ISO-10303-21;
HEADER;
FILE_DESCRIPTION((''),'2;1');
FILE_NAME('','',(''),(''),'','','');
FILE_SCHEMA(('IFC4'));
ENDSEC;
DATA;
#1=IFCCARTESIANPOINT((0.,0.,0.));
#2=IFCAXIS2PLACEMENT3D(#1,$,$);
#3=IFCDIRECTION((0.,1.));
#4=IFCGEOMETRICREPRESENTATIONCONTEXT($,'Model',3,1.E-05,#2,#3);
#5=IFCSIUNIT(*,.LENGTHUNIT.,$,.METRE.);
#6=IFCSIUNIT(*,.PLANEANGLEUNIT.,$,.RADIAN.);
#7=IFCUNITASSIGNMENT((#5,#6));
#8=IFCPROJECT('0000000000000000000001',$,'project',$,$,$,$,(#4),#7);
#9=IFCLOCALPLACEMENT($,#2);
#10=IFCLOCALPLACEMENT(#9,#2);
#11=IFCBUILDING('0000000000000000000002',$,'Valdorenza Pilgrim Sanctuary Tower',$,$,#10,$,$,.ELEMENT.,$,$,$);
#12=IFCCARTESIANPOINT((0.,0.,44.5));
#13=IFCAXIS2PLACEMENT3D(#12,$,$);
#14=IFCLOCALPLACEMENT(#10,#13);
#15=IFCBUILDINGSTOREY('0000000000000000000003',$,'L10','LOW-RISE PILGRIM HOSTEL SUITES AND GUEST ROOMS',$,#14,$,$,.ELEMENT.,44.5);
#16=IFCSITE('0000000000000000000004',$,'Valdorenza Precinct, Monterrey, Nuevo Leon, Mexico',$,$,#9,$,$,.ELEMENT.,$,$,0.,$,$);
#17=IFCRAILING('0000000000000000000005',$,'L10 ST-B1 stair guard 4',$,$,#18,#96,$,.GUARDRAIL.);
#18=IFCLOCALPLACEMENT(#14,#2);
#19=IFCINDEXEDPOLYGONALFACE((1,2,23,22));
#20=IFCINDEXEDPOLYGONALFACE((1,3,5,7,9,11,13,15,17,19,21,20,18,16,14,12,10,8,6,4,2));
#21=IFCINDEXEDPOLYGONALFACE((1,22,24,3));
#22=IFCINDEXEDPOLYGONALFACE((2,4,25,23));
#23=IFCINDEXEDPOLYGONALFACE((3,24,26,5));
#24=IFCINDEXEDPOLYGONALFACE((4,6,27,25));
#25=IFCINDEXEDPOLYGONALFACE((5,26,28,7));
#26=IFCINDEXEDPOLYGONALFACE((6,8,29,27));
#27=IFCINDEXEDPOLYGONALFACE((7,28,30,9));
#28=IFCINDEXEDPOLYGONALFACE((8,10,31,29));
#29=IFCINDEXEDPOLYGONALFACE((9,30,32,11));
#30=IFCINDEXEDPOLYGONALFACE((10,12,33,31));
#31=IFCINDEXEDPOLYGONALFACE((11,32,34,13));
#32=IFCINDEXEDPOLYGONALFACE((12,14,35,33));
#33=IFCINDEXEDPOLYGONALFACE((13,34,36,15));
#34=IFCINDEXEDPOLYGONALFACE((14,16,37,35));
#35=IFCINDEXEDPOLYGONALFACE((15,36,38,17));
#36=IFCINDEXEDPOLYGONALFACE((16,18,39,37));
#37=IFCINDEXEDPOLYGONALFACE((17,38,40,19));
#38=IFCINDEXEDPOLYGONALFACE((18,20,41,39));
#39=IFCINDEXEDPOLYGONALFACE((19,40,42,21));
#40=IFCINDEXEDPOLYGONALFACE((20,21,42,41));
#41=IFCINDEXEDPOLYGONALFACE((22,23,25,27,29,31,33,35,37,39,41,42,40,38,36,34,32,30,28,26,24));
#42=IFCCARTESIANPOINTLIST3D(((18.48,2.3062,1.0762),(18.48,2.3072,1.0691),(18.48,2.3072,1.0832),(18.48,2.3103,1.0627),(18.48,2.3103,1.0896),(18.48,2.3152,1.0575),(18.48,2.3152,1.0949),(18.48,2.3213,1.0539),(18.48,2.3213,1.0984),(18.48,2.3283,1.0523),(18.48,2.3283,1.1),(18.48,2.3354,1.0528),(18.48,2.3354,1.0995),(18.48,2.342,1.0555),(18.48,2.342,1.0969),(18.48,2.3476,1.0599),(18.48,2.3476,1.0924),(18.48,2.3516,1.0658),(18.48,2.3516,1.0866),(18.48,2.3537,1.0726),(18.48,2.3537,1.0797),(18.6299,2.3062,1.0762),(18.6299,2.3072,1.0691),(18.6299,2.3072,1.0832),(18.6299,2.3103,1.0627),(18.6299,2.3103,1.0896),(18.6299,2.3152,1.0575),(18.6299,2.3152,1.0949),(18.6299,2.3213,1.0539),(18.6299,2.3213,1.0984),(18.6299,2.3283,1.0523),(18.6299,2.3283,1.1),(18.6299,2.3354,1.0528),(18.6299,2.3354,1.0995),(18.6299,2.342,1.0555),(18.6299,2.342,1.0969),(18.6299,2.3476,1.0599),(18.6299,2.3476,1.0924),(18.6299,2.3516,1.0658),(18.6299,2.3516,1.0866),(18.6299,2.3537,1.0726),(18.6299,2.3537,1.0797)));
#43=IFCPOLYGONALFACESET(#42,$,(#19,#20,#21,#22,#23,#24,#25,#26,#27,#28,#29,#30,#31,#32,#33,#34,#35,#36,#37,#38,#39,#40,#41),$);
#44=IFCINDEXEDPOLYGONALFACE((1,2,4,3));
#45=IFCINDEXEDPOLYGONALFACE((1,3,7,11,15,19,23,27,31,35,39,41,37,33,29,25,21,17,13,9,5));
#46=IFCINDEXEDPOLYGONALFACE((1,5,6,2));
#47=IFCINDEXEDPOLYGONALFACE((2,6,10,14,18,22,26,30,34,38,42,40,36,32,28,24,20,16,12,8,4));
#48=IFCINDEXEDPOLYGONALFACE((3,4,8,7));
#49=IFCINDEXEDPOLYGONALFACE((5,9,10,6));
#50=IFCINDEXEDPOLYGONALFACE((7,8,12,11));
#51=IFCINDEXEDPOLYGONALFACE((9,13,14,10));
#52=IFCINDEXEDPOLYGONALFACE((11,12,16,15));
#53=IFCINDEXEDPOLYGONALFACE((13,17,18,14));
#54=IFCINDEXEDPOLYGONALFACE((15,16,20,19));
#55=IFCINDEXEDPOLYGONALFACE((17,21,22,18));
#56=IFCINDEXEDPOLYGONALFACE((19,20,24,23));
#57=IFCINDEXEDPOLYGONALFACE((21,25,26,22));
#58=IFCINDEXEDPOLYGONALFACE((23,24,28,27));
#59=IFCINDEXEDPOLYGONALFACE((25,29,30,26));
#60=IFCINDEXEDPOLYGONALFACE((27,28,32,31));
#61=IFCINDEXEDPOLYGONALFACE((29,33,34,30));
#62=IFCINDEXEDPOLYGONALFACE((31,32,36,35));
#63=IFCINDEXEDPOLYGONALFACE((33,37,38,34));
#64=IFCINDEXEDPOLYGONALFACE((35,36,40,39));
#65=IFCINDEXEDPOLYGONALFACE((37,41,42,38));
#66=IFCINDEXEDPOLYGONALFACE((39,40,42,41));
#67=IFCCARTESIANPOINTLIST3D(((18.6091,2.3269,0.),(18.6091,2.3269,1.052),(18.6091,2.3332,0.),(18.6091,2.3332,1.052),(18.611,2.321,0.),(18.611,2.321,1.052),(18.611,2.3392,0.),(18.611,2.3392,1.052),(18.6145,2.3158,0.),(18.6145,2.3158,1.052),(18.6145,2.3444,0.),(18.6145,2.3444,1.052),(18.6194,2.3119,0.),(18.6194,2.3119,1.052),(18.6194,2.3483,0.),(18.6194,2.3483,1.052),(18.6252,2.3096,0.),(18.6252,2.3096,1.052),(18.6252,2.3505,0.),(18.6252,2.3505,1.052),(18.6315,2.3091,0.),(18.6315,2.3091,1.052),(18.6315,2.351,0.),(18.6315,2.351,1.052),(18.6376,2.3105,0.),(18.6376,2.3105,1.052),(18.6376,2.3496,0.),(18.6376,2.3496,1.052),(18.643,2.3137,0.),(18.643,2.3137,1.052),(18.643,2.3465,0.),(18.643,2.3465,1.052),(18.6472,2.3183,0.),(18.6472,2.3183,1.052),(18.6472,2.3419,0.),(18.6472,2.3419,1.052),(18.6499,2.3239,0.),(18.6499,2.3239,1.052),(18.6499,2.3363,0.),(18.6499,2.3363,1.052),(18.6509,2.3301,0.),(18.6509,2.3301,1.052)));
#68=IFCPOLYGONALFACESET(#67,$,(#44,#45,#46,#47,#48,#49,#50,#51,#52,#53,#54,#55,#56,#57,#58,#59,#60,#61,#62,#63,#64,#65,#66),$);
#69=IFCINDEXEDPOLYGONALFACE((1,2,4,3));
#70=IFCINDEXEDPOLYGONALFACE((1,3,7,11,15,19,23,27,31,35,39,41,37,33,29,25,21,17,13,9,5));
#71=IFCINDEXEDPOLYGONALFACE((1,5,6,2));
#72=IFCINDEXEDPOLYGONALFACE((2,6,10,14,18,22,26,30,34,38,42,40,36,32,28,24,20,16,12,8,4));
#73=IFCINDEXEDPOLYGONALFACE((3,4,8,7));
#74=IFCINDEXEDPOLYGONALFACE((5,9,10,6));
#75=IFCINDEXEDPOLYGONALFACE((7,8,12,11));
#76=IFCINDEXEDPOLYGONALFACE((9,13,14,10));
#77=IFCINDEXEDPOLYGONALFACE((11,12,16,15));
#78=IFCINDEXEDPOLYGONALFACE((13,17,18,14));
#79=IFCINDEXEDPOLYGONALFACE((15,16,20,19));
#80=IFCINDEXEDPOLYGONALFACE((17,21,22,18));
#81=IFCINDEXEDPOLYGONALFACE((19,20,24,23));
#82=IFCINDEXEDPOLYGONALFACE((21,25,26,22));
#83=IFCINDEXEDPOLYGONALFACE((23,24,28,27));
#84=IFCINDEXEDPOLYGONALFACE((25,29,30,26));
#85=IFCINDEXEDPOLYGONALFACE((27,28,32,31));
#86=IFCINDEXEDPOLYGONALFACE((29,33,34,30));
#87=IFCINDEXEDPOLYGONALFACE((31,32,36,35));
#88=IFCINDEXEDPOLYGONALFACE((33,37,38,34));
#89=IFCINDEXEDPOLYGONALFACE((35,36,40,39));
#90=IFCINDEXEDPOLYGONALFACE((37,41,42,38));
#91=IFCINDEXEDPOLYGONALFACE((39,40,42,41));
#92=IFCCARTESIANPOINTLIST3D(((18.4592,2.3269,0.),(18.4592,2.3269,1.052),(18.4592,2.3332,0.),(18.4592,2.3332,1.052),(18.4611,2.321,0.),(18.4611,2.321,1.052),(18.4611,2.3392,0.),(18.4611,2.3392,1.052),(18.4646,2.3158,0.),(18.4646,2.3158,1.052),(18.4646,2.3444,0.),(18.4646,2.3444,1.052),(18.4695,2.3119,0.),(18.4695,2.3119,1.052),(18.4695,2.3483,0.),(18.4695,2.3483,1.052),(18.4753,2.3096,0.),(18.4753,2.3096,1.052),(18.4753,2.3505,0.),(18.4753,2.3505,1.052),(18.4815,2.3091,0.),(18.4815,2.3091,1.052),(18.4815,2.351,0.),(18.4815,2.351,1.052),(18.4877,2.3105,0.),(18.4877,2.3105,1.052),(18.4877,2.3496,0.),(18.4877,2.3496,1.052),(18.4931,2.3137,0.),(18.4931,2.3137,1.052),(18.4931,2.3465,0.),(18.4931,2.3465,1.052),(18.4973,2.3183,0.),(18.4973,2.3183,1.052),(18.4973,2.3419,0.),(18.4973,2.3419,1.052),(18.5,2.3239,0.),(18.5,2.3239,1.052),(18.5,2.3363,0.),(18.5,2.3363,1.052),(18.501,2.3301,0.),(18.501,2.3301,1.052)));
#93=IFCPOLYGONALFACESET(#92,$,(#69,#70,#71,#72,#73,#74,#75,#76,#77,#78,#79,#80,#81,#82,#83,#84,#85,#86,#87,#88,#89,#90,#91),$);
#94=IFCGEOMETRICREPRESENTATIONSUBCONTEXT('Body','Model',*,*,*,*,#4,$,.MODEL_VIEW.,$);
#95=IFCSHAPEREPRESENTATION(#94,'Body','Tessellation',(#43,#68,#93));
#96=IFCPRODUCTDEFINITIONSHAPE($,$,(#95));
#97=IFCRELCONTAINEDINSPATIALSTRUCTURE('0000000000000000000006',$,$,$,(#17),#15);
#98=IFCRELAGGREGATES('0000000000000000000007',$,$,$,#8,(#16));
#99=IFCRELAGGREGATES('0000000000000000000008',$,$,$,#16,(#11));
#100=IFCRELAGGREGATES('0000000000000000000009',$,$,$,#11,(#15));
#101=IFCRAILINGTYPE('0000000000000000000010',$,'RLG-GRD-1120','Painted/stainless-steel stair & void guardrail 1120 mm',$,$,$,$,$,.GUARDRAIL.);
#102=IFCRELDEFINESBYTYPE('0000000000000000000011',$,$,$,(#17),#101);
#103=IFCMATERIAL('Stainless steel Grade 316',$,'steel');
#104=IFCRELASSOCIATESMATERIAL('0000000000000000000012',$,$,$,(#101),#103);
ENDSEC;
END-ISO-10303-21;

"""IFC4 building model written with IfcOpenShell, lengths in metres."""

from ifc_helpers import new_model, si_unit, direction, frame, origin, origin_2d, place, context, subcontext, project, spatial, circle, extrude, material, type_object, element, save


model = new_model("IFC4")

# Units and contexts
model_context = context("Model", 3, precision=1e-05, world=origin(), true_north=direction((0.0, 1.0)))
body_context = subcontext(model_context, "Body", "Model", "MODEL_VIEW")
ifc_project = project(units=[si_unit("LENGTHUNIT", "METRE"), si_unit("PLANEANGLEUNIT", "RADIAN")], contexts=[model_context])

# Site, building, storey
site_placement = place(None, origin())
site = spatial("IfcSite", under=ifc_project, at=site_placement, Name="Valdorenza Precinct, Monterrey, Nuevo Leon, Mexico", CompositionType="ELEMENT", RefElevation=0.0)
building_placement = place(site_placement, origin())
building = spatial("IfcBuilding", under=site, at=building_placement, Name="Valdorenza Pilgrim Sanctuary Tower", CompositionType="ELEMENT")
storey_placement = place(building_placement, frame((0.0, 0.0, 44.5)))
storey = spatial("IfcBuildingStorey", under=building, at=storey_placement, Name="L10", Description="LOW-RISE PILGRIM HOSTEL SUITES AND GUEST ROOMS", CompositionType="ELEMENT", Elevation=44.5)

# Railing
ifc_material_1 = material(Name="Stainless steel Grade 316", Category="steel")
railing_type_1 = type_object("IfcRailingType", Name="RLG-GRD-1120", Description="Painted/stainless-steel stair & void guardrail 1120 mm", PredefinedType="GUARDRAIL", material=ifc_material_1)
railing_1_placement = place(storey_placement, frame((18.6299, 2.3301, 0.0)))
element("IfcRailing", 1, at=railing_1_placement, inside=storey, type_object=railing_type_1, Name="L10 ST-B1 stair guard 4", PredefinedType="GUARDRAIL", context=body_context, shape_type="SweptSolid", body=[
    extrude(circle(Radius=0.0239, at=origin_2d()), frame((0.0, 0.0, 1.0762), z_axis=(-1.0, 0.0, 0.0), x_axis=(0.0, -1.0, 0.0)), (0.0, 0.0, 1.0), 0.1499),
    extrude(circle(Radius=0.021, at=origin_2d()), origin(), (0.0, 0.0, 1.0), 1.052),
    extrude(circle(Radius=0.021, at=origin_2d()), frame((-0.1499, 0.0, 0.0)), (0.0, 0.0, 1.0), 1.052),
])

save(model, "model.ifc")
